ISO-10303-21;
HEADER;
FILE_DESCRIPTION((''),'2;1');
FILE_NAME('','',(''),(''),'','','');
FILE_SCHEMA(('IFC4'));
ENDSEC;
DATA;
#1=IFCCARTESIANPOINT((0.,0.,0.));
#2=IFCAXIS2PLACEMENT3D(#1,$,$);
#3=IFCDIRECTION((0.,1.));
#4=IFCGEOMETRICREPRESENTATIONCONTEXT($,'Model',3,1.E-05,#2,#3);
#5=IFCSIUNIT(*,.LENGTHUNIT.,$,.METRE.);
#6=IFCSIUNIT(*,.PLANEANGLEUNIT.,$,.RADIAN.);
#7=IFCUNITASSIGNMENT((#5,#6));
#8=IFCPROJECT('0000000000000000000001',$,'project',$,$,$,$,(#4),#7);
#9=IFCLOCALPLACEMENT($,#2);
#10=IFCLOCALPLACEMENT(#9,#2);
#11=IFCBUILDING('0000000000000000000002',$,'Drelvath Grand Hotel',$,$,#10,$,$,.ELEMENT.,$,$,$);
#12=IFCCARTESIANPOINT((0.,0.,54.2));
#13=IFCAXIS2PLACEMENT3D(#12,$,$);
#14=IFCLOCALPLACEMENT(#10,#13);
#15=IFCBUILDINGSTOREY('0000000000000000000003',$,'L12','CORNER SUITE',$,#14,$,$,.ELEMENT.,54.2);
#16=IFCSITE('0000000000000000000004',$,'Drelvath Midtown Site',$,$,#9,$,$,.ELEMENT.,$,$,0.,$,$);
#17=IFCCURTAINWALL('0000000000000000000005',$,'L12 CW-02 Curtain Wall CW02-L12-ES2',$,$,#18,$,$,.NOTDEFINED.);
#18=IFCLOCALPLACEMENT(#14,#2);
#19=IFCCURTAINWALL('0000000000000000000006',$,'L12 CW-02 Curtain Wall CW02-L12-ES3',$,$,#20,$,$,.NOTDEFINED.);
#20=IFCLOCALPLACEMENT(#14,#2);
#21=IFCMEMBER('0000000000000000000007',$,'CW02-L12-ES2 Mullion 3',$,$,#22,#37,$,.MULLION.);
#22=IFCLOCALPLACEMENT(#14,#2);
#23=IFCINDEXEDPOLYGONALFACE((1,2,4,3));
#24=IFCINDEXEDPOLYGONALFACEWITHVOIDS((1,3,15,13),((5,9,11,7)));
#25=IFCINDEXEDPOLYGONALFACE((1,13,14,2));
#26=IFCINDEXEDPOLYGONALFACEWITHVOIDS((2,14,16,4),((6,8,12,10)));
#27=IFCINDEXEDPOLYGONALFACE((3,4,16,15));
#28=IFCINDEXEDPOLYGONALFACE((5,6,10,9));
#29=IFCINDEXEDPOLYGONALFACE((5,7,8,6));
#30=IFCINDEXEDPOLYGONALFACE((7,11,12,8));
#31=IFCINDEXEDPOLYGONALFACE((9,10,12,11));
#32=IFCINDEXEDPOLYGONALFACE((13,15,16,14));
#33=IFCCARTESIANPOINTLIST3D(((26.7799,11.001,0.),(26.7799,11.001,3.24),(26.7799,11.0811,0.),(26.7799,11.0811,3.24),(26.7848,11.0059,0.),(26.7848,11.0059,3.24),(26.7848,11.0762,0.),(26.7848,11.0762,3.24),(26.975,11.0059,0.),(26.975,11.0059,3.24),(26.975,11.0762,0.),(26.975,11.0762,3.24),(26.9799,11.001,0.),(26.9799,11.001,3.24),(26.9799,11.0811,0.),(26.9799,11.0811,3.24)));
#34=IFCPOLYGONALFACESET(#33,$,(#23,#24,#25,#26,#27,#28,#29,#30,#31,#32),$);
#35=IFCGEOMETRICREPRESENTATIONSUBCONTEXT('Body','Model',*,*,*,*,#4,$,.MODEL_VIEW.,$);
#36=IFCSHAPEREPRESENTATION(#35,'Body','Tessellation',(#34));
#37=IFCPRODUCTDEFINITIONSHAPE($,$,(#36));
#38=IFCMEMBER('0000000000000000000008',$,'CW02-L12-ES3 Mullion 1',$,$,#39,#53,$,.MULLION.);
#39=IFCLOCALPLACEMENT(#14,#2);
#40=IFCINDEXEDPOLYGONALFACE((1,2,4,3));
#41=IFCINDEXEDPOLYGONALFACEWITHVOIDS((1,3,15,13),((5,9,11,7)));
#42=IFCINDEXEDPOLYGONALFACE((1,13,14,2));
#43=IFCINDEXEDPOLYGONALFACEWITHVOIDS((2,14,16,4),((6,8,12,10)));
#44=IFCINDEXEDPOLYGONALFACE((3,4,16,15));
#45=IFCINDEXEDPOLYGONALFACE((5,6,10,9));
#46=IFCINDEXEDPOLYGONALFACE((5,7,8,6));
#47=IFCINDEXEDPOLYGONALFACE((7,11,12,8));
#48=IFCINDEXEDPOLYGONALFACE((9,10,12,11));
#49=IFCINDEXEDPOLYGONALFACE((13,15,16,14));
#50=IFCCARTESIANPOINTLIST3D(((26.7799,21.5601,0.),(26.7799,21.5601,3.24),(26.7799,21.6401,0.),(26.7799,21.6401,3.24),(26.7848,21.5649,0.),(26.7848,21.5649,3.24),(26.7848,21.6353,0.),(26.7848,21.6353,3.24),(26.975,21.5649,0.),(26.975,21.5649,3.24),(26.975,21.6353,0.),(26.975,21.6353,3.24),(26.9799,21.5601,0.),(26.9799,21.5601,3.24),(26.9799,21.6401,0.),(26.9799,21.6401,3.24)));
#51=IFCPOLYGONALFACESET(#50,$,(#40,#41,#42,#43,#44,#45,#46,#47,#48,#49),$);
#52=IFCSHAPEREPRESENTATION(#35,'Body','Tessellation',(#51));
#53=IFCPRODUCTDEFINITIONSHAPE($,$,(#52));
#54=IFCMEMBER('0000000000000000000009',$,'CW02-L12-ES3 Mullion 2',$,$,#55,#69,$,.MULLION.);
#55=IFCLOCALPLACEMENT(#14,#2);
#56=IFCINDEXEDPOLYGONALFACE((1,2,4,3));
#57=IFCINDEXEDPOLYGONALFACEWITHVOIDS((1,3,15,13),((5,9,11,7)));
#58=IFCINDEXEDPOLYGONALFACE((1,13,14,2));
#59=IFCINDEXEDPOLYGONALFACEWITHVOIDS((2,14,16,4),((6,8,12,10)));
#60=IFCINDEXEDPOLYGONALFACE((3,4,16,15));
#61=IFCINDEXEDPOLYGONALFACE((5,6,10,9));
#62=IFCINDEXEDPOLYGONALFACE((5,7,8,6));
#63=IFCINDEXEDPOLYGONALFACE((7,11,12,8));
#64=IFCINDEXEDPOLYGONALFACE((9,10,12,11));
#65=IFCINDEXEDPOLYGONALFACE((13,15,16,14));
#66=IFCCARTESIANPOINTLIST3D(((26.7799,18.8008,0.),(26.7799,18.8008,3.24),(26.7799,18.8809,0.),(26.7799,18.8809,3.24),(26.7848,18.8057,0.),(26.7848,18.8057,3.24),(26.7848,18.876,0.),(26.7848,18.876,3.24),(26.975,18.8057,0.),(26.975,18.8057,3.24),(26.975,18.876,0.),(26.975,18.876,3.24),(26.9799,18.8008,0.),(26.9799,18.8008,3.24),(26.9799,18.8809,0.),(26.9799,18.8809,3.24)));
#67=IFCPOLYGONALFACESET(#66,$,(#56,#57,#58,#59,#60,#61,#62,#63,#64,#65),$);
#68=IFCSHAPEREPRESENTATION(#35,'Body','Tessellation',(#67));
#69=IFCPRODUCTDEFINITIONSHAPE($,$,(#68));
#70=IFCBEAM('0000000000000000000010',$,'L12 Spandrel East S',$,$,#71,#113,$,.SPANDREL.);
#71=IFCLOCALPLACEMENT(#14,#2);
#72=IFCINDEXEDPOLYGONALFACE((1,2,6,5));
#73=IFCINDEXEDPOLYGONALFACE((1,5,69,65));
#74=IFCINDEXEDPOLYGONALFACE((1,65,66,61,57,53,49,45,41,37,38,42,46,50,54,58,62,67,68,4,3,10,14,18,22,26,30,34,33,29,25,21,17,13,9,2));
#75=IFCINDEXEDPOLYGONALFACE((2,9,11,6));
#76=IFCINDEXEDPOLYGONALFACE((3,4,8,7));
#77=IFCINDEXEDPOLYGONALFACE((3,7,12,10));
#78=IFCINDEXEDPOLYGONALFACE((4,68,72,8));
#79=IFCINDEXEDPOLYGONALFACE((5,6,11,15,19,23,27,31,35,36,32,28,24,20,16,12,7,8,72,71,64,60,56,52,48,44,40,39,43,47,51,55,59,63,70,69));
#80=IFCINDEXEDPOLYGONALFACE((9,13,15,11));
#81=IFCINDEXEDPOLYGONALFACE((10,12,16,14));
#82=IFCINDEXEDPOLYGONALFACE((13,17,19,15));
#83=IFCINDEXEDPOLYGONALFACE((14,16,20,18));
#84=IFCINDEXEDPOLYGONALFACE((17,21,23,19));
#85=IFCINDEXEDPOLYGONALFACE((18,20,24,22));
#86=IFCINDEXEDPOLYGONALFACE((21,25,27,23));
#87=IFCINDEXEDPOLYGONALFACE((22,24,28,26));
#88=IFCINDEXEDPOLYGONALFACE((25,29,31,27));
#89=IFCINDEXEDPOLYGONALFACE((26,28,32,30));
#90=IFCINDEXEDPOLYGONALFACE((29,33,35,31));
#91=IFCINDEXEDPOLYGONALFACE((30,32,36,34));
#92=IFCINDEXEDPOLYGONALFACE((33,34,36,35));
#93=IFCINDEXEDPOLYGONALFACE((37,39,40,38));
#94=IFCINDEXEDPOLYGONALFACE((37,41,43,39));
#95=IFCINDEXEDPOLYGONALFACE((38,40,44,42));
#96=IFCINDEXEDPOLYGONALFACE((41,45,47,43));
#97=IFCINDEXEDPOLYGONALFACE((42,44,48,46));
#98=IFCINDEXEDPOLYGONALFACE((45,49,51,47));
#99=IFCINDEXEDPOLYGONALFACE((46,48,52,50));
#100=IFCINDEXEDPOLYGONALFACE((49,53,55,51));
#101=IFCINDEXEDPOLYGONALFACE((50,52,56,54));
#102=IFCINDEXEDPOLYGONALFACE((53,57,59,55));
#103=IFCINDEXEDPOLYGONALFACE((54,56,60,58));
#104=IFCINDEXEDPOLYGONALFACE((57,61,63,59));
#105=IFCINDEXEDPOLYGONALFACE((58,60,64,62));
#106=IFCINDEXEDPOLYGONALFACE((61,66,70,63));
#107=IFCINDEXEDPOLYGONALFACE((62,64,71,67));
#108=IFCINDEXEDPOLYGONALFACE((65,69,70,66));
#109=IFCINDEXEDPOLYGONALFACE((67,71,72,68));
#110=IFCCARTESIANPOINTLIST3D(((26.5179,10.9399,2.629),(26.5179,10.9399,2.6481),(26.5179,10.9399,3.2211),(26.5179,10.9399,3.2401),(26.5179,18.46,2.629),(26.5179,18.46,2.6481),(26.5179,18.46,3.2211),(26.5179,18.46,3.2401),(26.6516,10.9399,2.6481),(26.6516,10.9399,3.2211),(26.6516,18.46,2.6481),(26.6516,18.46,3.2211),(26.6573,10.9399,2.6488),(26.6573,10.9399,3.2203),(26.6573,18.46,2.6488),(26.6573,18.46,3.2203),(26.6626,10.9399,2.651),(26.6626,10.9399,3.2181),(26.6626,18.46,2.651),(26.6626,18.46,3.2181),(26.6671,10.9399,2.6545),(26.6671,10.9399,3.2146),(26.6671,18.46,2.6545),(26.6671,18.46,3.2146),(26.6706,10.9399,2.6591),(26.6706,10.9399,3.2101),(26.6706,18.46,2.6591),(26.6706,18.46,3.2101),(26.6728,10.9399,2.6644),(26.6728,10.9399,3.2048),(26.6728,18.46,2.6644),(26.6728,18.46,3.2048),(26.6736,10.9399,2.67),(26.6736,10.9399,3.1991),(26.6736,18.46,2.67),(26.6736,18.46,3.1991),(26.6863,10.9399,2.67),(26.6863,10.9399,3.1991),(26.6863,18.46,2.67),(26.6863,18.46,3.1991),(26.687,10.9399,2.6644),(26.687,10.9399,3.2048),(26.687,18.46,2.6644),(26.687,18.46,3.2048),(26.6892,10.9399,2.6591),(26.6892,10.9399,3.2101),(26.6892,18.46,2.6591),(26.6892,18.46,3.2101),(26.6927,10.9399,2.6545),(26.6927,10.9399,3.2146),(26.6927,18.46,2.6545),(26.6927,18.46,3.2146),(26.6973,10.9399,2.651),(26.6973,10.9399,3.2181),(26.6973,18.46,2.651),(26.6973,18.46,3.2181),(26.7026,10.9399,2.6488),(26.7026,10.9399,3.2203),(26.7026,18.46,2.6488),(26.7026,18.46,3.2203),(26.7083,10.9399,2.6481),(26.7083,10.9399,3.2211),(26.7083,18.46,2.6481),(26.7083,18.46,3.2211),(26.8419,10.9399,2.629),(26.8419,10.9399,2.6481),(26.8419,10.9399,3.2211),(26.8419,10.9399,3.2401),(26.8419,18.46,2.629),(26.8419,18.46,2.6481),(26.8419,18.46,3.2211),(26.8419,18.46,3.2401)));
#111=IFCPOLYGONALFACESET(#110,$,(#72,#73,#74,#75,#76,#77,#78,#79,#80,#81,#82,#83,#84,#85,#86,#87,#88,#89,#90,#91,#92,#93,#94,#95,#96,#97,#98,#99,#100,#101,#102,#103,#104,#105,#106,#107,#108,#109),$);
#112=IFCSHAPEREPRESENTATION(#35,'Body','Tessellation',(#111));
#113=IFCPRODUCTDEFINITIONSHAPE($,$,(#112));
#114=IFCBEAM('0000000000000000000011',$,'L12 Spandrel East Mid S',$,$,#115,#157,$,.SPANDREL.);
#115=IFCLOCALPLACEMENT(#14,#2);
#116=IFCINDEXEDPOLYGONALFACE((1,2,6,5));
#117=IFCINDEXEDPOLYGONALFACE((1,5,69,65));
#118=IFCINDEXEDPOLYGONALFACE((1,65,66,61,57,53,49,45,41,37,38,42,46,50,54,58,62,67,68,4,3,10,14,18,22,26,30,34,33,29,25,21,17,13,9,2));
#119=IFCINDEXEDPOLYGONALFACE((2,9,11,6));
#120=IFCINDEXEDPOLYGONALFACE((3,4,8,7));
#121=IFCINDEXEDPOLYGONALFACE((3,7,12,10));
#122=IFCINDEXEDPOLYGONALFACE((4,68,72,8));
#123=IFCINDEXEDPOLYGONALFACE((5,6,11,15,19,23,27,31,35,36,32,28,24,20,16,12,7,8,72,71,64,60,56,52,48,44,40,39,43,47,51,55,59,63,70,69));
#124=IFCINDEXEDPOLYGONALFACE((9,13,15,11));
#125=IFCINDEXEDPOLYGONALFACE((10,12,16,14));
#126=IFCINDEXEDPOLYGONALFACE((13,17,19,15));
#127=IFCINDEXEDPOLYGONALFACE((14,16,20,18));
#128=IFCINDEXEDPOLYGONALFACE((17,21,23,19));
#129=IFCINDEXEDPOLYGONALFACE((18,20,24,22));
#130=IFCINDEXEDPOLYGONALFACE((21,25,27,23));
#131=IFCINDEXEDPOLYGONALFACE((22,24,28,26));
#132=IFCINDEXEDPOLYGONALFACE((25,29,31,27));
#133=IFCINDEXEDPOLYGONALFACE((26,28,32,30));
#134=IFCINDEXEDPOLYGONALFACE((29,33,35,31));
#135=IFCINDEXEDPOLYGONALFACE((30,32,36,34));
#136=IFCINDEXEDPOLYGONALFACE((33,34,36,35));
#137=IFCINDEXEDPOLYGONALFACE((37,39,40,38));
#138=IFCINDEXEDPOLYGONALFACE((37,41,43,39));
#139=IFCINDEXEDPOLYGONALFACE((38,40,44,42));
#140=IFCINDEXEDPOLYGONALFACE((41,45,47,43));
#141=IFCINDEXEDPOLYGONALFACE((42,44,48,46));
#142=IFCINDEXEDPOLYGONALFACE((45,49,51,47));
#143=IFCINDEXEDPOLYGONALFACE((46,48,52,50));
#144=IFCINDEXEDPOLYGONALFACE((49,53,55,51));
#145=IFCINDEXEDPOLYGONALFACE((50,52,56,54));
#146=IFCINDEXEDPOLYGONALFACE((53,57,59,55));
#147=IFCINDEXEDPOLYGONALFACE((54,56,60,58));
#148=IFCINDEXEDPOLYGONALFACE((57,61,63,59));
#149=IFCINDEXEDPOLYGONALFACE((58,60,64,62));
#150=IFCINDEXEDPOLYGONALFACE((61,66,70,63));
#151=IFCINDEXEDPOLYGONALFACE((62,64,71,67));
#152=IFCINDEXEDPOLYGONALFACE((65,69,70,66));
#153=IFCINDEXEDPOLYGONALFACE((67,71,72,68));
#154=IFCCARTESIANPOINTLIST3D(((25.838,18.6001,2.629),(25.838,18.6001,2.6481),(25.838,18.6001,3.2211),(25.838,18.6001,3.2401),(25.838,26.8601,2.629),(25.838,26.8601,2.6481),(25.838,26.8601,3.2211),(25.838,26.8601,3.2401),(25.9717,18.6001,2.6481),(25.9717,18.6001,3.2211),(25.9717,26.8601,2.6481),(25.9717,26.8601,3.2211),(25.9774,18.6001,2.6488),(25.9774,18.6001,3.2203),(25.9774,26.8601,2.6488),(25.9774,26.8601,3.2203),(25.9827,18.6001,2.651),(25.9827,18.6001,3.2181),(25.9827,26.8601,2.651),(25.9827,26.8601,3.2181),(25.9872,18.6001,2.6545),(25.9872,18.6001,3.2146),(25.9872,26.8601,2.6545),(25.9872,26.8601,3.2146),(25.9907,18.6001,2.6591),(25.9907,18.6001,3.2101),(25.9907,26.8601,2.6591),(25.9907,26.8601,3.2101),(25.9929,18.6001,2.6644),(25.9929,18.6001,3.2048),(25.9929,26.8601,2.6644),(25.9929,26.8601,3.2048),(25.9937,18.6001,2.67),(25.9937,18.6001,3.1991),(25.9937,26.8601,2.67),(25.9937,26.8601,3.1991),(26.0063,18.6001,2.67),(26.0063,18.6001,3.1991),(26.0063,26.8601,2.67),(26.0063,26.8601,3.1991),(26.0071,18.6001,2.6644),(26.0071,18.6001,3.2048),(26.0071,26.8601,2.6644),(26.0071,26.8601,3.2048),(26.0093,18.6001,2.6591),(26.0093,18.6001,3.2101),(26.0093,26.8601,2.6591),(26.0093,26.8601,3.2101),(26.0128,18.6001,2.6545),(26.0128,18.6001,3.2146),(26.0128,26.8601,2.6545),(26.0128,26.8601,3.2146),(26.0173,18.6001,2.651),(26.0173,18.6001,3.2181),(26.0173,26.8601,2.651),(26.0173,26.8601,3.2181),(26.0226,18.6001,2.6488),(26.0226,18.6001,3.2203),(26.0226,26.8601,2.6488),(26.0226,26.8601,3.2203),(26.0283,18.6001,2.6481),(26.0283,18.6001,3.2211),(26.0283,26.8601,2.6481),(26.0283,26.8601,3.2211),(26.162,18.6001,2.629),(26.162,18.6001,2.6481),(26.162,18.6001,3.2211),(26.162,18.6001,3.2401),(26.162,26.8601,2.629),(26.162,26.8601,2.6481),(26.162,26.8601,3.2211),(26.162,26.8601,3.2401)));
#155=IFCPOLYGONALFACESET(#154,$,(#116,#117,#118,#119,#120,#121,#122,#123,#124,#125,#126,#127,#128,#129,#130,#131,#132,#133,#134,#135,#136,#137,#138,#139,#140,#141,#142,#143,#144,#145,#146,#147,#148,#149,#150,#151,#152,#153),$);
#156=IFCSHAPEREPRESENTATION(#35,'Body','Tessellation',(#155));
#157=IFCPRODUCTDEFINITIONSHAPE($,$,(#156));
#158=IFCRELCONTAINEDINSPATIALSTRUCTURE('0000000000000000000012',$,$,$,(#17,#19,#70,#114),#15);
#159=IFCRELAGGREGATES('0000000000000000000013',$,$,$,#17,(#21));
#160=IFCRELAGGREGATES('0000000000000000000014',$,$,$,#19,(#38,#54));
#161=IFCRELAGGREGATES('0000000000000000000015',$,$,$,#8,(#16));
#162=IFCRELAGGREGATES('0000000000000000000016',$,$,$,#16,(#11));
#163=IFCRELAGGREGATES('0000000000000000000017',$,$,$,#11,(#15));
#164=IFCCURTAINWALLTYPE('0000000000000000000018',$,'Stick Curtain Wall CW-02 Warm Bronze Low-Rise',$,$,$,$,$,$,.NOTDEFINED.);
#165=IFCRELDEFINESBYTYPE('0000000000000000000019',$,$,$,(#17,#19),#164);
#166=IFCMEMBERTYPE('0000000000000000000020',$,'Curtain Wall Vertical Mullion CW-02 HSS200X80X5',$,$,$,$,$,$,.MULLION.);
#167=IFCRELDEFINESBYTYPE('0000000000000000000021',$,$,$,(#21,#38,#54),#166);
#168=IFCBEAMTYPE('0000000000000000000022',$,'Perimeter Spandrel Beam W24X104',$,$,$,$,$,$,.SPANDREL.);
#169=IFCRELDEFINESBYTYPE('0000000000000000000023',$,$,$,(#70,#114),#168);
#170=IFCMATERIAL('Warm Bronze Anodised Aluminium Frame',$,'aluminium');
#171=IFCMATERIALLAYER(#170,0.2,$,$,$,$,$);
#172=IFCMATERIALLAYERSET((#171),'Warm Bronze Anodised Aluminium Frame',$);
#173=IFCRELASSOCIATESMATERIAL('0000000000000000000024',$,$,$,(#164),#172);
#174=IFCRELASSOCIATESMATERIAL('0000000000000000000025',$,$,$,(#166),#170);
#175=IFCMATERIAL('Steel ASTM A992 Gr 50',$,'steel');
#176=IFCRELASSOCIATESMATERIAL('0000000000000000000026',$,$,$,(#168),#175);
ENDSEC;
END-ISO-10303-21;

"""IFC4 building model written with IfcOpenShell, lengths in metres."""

from ifc_helpers import new_model, si_unit, direction, frame, origin, origin_2d, place, context, subcontext, project, spatial, hollow_rectangle, i_section, extrude, material, layer, layer_set, material_profile, profile_set, type_object, element, aggregate, save


model = new_model("IFC4")

# Units and contexts
model_context = context("Model", 3, precision=1e-05, world=origin(), true_north=direction((0.0, 1.0)))
body_context = subcontext(model_context, "Body", "Model", "MODEL_VIEW")
ifc_project = project(units=[si_unit("LENGTHUNIT", "METRE"), si_unit("PLANEANGLEUNIT", "RADIAN")], contexts=[model_context])

# Site, building, storey
site_placement = place(None, origin())
site = spatial("IfcSite", under=ifc_project, at=site_placement, Name="Drelvath Midtown Site", CompositionType="ELEMENT", RefElevation=0.0)
building_placement = place(site_placement, origin())
building = spatial("IfcBuilding", under=site, at=building_placement, Name="Drelvath Grand Hotel", CompositionType="ELEMENT")
storey_placement = place(building_placement, frame((0.0, 0.0, 54.2)))
storey = spatial("IfcBuildingStorey", under=building, at=storey_placement, Name="L12", Description="CORNER SUITE", CompositionType="ELEMENT", Elevation=54.2)

# Curtain walls
ifc_material_1 = material(Name="Warm Bronze Anodised Aluminium Frame", Category="aluminium")
ifc_layer_1 = layer(ifc_material_1, 0.2)
ifc_layer_set_1 = layer_set([ifc_layer_1], Name="Warm Bronze Anodised Aluminium Frame")
curtain_wall_type = type_object("IfcCurtainWallType", Name="Stick Curtain Wall CW-02 Warm Bronze Low-Rise", PredefinedType="NOTDEFINED", material=ifc_layer_set_1)
curtain_wall_1_placement = place(storey_placement, origin())
curtain_wall_1 = element("IfcCurtainWall", 1, at=curtain_wall_1_placement, inside=storey, type_object=curtain_wall_type, Name="L12 CW-02 Curtain Wall CW02-L12-ES2", PredefinedType="NOTDEFINED")
curtain_wall_2_placement = place(storey_placement, origin())
curtain_wall_2 = element("IfcCurtainWall", 2, at=curtain_wall_2_placement, inside=storey, type_object=curtain_wall_type, Name="L12 CW-02 Curtain Wall CW02-L12-ES3", PredefinedType="NOTDEFINED")
ifc_material_profile_1 = material_profile(ifc_material_1, hollow_rectangle(XDim=0.0801, YDim=0.2, WallThickness=0.0049, at=origin_2d()), Name="HSS200X80X5")
ifc_profile_set_1 = profile_set([ifc_material_profile_1], Name="Warm Bronze Anodised Aluminium Frame")
member_type_1 = type_object("IfcMemberType", Name="Curtain Wall Vertical Mullion CW-02 HSS200X80X5", PredefinedType="MULLION", material=ifc_profile_set_1)

# Members
member_1_placement = place(storey_placement, frame((26.8799, 11.041, 0.0), z_axis=(0.0, 0.0, 1.0), x_axis=(0.0, 1.0, 0.0)))
member_1 = element("IfcMember", 3, at=member_1_placement, type_object=member_type_1, Name="CW02-L12-ES2 Mullion 3", PredefinedType="MULLION", context=body_context, shape_type="SweptSolid", body=[
    extrude(hollow_rectangle(XDim=0.0801, YDim=0.2, WallThickness=0.0049, at=origin_2d()), origin(), (0.0, 0.0, 1.0), 3.24),
])
member_2_placement = place(storey_placement, frame((26.8799, 21.6001, 0.0), z_axis=(0.0, 0.0, 1.0), x_axis=(0.0, 1.0, 0.0)))
member_2 = element("IfcMember", 4, at=member_2_placement, type_object=member_type_1, Name="CW02-L12-ES3 Mullion 1", PredefinedType="MULLION", context=body_context, shape_type="SweptSolid", body=[
    extrude(hollow_rectangle(XDim=0.0801, YDim=0.2, WallThickness=0.0049, at=origin_2d()), origin(), (0.0, 0.0, 1.0), 3.24),
])
member_3_placement = place(storey_placement, frame((26.8799, 18.8408, 0.0), z_axis=(0.0, 0.0, 1.0), x_axis=(0.0, 1.0, 0.0)))
member_3 = element("IfcMember", 5, at=member_3_placement, type_object=member_type_1, Name="CW02-L12-ES3 Mullion 2", PredefinedType="MULLION", context=body_context, shape_type="SweptSolid", body=[
    extrude(hollow_rectangle(XDim=0.0801, YDim=0.2, WallThickness=0.0049, at=origin_2d()), origin(), (0.0, 0.0, 1.0), 3.24),
])

# Beams
ifc_material_2 = material(Name="Steel ASTM A992 Gr 50", Category="steel")
ifc_material_profile_2 = material_profile(ifc_material_2, i_section(OverallWidth=0.324, OverallDepth=0.6111, WebThickness=0.0127, FlangeThickness=0.019, FilletRadius=0.022, at=origin_2d()), Name="W24X104")
ifc_profile_set_2 = profile_set([ifc_material_profile_2], Name="Steel ASTM A992 Gr 50")
beam_type_1 = type_object("IfcBeamType", Name="Perimeter Spandrel Beam W24X104", PredefinedType="SPANDREL", material=ifc_profile_set_2)
beam_1_placement = place(storey_placement, frame((26.6799, 10.9399, 2.9346), z_axis=(0.0, 1.0, 0.0), x_axis=(-1.0, 0.0, 0.0)))
element("IfcBeam", 6, at=beam_1_placement, inside=storey, type_object=beam_type_1, Name="L12 Spandrel East S", PredefinedType="SPANDREL", context=body_context, shape_type="SweptSolid", body=[
    extrude(i_section(OverallWidth=0.324, OverallDepth=0.6111, WebThickness=0.0127, FlangeThickness=0.019, FilletRadius=0.022, at=origin_2d()), origin(), (0.0, 0.0, 1.0), 7.52),
])
beam_2_placement = place(storey_placement, frame((26.0, 18.6001, 2.9346), z_axis=(0.0, 1.0, 0.0), x_axis=(-1.0, 0.0, 0.0)))
element("IfcBeam", 7, at=beam_2_placement, inside=storey, type_object=beam_type_1, Name="L12 Spandrel East Mid S", PredefinedType="SPANDREL", context=body_context, shape_type="SweptSolid", body=[
    extrude(i_section(OverallWidth=0.324, OverallDepth=0.6111, WebThickness=0.0127, FlangeThickness=0.019, FilletRadius=0.022, at=origin_2d()), origin(), (0.0, 0.0, 1.0), 8.26),
])

aggregate(curtain_wall_1, [member_1])
aggregate(curtain_wall_2, [member_2, member_3])

save(model, "model.ifc")
